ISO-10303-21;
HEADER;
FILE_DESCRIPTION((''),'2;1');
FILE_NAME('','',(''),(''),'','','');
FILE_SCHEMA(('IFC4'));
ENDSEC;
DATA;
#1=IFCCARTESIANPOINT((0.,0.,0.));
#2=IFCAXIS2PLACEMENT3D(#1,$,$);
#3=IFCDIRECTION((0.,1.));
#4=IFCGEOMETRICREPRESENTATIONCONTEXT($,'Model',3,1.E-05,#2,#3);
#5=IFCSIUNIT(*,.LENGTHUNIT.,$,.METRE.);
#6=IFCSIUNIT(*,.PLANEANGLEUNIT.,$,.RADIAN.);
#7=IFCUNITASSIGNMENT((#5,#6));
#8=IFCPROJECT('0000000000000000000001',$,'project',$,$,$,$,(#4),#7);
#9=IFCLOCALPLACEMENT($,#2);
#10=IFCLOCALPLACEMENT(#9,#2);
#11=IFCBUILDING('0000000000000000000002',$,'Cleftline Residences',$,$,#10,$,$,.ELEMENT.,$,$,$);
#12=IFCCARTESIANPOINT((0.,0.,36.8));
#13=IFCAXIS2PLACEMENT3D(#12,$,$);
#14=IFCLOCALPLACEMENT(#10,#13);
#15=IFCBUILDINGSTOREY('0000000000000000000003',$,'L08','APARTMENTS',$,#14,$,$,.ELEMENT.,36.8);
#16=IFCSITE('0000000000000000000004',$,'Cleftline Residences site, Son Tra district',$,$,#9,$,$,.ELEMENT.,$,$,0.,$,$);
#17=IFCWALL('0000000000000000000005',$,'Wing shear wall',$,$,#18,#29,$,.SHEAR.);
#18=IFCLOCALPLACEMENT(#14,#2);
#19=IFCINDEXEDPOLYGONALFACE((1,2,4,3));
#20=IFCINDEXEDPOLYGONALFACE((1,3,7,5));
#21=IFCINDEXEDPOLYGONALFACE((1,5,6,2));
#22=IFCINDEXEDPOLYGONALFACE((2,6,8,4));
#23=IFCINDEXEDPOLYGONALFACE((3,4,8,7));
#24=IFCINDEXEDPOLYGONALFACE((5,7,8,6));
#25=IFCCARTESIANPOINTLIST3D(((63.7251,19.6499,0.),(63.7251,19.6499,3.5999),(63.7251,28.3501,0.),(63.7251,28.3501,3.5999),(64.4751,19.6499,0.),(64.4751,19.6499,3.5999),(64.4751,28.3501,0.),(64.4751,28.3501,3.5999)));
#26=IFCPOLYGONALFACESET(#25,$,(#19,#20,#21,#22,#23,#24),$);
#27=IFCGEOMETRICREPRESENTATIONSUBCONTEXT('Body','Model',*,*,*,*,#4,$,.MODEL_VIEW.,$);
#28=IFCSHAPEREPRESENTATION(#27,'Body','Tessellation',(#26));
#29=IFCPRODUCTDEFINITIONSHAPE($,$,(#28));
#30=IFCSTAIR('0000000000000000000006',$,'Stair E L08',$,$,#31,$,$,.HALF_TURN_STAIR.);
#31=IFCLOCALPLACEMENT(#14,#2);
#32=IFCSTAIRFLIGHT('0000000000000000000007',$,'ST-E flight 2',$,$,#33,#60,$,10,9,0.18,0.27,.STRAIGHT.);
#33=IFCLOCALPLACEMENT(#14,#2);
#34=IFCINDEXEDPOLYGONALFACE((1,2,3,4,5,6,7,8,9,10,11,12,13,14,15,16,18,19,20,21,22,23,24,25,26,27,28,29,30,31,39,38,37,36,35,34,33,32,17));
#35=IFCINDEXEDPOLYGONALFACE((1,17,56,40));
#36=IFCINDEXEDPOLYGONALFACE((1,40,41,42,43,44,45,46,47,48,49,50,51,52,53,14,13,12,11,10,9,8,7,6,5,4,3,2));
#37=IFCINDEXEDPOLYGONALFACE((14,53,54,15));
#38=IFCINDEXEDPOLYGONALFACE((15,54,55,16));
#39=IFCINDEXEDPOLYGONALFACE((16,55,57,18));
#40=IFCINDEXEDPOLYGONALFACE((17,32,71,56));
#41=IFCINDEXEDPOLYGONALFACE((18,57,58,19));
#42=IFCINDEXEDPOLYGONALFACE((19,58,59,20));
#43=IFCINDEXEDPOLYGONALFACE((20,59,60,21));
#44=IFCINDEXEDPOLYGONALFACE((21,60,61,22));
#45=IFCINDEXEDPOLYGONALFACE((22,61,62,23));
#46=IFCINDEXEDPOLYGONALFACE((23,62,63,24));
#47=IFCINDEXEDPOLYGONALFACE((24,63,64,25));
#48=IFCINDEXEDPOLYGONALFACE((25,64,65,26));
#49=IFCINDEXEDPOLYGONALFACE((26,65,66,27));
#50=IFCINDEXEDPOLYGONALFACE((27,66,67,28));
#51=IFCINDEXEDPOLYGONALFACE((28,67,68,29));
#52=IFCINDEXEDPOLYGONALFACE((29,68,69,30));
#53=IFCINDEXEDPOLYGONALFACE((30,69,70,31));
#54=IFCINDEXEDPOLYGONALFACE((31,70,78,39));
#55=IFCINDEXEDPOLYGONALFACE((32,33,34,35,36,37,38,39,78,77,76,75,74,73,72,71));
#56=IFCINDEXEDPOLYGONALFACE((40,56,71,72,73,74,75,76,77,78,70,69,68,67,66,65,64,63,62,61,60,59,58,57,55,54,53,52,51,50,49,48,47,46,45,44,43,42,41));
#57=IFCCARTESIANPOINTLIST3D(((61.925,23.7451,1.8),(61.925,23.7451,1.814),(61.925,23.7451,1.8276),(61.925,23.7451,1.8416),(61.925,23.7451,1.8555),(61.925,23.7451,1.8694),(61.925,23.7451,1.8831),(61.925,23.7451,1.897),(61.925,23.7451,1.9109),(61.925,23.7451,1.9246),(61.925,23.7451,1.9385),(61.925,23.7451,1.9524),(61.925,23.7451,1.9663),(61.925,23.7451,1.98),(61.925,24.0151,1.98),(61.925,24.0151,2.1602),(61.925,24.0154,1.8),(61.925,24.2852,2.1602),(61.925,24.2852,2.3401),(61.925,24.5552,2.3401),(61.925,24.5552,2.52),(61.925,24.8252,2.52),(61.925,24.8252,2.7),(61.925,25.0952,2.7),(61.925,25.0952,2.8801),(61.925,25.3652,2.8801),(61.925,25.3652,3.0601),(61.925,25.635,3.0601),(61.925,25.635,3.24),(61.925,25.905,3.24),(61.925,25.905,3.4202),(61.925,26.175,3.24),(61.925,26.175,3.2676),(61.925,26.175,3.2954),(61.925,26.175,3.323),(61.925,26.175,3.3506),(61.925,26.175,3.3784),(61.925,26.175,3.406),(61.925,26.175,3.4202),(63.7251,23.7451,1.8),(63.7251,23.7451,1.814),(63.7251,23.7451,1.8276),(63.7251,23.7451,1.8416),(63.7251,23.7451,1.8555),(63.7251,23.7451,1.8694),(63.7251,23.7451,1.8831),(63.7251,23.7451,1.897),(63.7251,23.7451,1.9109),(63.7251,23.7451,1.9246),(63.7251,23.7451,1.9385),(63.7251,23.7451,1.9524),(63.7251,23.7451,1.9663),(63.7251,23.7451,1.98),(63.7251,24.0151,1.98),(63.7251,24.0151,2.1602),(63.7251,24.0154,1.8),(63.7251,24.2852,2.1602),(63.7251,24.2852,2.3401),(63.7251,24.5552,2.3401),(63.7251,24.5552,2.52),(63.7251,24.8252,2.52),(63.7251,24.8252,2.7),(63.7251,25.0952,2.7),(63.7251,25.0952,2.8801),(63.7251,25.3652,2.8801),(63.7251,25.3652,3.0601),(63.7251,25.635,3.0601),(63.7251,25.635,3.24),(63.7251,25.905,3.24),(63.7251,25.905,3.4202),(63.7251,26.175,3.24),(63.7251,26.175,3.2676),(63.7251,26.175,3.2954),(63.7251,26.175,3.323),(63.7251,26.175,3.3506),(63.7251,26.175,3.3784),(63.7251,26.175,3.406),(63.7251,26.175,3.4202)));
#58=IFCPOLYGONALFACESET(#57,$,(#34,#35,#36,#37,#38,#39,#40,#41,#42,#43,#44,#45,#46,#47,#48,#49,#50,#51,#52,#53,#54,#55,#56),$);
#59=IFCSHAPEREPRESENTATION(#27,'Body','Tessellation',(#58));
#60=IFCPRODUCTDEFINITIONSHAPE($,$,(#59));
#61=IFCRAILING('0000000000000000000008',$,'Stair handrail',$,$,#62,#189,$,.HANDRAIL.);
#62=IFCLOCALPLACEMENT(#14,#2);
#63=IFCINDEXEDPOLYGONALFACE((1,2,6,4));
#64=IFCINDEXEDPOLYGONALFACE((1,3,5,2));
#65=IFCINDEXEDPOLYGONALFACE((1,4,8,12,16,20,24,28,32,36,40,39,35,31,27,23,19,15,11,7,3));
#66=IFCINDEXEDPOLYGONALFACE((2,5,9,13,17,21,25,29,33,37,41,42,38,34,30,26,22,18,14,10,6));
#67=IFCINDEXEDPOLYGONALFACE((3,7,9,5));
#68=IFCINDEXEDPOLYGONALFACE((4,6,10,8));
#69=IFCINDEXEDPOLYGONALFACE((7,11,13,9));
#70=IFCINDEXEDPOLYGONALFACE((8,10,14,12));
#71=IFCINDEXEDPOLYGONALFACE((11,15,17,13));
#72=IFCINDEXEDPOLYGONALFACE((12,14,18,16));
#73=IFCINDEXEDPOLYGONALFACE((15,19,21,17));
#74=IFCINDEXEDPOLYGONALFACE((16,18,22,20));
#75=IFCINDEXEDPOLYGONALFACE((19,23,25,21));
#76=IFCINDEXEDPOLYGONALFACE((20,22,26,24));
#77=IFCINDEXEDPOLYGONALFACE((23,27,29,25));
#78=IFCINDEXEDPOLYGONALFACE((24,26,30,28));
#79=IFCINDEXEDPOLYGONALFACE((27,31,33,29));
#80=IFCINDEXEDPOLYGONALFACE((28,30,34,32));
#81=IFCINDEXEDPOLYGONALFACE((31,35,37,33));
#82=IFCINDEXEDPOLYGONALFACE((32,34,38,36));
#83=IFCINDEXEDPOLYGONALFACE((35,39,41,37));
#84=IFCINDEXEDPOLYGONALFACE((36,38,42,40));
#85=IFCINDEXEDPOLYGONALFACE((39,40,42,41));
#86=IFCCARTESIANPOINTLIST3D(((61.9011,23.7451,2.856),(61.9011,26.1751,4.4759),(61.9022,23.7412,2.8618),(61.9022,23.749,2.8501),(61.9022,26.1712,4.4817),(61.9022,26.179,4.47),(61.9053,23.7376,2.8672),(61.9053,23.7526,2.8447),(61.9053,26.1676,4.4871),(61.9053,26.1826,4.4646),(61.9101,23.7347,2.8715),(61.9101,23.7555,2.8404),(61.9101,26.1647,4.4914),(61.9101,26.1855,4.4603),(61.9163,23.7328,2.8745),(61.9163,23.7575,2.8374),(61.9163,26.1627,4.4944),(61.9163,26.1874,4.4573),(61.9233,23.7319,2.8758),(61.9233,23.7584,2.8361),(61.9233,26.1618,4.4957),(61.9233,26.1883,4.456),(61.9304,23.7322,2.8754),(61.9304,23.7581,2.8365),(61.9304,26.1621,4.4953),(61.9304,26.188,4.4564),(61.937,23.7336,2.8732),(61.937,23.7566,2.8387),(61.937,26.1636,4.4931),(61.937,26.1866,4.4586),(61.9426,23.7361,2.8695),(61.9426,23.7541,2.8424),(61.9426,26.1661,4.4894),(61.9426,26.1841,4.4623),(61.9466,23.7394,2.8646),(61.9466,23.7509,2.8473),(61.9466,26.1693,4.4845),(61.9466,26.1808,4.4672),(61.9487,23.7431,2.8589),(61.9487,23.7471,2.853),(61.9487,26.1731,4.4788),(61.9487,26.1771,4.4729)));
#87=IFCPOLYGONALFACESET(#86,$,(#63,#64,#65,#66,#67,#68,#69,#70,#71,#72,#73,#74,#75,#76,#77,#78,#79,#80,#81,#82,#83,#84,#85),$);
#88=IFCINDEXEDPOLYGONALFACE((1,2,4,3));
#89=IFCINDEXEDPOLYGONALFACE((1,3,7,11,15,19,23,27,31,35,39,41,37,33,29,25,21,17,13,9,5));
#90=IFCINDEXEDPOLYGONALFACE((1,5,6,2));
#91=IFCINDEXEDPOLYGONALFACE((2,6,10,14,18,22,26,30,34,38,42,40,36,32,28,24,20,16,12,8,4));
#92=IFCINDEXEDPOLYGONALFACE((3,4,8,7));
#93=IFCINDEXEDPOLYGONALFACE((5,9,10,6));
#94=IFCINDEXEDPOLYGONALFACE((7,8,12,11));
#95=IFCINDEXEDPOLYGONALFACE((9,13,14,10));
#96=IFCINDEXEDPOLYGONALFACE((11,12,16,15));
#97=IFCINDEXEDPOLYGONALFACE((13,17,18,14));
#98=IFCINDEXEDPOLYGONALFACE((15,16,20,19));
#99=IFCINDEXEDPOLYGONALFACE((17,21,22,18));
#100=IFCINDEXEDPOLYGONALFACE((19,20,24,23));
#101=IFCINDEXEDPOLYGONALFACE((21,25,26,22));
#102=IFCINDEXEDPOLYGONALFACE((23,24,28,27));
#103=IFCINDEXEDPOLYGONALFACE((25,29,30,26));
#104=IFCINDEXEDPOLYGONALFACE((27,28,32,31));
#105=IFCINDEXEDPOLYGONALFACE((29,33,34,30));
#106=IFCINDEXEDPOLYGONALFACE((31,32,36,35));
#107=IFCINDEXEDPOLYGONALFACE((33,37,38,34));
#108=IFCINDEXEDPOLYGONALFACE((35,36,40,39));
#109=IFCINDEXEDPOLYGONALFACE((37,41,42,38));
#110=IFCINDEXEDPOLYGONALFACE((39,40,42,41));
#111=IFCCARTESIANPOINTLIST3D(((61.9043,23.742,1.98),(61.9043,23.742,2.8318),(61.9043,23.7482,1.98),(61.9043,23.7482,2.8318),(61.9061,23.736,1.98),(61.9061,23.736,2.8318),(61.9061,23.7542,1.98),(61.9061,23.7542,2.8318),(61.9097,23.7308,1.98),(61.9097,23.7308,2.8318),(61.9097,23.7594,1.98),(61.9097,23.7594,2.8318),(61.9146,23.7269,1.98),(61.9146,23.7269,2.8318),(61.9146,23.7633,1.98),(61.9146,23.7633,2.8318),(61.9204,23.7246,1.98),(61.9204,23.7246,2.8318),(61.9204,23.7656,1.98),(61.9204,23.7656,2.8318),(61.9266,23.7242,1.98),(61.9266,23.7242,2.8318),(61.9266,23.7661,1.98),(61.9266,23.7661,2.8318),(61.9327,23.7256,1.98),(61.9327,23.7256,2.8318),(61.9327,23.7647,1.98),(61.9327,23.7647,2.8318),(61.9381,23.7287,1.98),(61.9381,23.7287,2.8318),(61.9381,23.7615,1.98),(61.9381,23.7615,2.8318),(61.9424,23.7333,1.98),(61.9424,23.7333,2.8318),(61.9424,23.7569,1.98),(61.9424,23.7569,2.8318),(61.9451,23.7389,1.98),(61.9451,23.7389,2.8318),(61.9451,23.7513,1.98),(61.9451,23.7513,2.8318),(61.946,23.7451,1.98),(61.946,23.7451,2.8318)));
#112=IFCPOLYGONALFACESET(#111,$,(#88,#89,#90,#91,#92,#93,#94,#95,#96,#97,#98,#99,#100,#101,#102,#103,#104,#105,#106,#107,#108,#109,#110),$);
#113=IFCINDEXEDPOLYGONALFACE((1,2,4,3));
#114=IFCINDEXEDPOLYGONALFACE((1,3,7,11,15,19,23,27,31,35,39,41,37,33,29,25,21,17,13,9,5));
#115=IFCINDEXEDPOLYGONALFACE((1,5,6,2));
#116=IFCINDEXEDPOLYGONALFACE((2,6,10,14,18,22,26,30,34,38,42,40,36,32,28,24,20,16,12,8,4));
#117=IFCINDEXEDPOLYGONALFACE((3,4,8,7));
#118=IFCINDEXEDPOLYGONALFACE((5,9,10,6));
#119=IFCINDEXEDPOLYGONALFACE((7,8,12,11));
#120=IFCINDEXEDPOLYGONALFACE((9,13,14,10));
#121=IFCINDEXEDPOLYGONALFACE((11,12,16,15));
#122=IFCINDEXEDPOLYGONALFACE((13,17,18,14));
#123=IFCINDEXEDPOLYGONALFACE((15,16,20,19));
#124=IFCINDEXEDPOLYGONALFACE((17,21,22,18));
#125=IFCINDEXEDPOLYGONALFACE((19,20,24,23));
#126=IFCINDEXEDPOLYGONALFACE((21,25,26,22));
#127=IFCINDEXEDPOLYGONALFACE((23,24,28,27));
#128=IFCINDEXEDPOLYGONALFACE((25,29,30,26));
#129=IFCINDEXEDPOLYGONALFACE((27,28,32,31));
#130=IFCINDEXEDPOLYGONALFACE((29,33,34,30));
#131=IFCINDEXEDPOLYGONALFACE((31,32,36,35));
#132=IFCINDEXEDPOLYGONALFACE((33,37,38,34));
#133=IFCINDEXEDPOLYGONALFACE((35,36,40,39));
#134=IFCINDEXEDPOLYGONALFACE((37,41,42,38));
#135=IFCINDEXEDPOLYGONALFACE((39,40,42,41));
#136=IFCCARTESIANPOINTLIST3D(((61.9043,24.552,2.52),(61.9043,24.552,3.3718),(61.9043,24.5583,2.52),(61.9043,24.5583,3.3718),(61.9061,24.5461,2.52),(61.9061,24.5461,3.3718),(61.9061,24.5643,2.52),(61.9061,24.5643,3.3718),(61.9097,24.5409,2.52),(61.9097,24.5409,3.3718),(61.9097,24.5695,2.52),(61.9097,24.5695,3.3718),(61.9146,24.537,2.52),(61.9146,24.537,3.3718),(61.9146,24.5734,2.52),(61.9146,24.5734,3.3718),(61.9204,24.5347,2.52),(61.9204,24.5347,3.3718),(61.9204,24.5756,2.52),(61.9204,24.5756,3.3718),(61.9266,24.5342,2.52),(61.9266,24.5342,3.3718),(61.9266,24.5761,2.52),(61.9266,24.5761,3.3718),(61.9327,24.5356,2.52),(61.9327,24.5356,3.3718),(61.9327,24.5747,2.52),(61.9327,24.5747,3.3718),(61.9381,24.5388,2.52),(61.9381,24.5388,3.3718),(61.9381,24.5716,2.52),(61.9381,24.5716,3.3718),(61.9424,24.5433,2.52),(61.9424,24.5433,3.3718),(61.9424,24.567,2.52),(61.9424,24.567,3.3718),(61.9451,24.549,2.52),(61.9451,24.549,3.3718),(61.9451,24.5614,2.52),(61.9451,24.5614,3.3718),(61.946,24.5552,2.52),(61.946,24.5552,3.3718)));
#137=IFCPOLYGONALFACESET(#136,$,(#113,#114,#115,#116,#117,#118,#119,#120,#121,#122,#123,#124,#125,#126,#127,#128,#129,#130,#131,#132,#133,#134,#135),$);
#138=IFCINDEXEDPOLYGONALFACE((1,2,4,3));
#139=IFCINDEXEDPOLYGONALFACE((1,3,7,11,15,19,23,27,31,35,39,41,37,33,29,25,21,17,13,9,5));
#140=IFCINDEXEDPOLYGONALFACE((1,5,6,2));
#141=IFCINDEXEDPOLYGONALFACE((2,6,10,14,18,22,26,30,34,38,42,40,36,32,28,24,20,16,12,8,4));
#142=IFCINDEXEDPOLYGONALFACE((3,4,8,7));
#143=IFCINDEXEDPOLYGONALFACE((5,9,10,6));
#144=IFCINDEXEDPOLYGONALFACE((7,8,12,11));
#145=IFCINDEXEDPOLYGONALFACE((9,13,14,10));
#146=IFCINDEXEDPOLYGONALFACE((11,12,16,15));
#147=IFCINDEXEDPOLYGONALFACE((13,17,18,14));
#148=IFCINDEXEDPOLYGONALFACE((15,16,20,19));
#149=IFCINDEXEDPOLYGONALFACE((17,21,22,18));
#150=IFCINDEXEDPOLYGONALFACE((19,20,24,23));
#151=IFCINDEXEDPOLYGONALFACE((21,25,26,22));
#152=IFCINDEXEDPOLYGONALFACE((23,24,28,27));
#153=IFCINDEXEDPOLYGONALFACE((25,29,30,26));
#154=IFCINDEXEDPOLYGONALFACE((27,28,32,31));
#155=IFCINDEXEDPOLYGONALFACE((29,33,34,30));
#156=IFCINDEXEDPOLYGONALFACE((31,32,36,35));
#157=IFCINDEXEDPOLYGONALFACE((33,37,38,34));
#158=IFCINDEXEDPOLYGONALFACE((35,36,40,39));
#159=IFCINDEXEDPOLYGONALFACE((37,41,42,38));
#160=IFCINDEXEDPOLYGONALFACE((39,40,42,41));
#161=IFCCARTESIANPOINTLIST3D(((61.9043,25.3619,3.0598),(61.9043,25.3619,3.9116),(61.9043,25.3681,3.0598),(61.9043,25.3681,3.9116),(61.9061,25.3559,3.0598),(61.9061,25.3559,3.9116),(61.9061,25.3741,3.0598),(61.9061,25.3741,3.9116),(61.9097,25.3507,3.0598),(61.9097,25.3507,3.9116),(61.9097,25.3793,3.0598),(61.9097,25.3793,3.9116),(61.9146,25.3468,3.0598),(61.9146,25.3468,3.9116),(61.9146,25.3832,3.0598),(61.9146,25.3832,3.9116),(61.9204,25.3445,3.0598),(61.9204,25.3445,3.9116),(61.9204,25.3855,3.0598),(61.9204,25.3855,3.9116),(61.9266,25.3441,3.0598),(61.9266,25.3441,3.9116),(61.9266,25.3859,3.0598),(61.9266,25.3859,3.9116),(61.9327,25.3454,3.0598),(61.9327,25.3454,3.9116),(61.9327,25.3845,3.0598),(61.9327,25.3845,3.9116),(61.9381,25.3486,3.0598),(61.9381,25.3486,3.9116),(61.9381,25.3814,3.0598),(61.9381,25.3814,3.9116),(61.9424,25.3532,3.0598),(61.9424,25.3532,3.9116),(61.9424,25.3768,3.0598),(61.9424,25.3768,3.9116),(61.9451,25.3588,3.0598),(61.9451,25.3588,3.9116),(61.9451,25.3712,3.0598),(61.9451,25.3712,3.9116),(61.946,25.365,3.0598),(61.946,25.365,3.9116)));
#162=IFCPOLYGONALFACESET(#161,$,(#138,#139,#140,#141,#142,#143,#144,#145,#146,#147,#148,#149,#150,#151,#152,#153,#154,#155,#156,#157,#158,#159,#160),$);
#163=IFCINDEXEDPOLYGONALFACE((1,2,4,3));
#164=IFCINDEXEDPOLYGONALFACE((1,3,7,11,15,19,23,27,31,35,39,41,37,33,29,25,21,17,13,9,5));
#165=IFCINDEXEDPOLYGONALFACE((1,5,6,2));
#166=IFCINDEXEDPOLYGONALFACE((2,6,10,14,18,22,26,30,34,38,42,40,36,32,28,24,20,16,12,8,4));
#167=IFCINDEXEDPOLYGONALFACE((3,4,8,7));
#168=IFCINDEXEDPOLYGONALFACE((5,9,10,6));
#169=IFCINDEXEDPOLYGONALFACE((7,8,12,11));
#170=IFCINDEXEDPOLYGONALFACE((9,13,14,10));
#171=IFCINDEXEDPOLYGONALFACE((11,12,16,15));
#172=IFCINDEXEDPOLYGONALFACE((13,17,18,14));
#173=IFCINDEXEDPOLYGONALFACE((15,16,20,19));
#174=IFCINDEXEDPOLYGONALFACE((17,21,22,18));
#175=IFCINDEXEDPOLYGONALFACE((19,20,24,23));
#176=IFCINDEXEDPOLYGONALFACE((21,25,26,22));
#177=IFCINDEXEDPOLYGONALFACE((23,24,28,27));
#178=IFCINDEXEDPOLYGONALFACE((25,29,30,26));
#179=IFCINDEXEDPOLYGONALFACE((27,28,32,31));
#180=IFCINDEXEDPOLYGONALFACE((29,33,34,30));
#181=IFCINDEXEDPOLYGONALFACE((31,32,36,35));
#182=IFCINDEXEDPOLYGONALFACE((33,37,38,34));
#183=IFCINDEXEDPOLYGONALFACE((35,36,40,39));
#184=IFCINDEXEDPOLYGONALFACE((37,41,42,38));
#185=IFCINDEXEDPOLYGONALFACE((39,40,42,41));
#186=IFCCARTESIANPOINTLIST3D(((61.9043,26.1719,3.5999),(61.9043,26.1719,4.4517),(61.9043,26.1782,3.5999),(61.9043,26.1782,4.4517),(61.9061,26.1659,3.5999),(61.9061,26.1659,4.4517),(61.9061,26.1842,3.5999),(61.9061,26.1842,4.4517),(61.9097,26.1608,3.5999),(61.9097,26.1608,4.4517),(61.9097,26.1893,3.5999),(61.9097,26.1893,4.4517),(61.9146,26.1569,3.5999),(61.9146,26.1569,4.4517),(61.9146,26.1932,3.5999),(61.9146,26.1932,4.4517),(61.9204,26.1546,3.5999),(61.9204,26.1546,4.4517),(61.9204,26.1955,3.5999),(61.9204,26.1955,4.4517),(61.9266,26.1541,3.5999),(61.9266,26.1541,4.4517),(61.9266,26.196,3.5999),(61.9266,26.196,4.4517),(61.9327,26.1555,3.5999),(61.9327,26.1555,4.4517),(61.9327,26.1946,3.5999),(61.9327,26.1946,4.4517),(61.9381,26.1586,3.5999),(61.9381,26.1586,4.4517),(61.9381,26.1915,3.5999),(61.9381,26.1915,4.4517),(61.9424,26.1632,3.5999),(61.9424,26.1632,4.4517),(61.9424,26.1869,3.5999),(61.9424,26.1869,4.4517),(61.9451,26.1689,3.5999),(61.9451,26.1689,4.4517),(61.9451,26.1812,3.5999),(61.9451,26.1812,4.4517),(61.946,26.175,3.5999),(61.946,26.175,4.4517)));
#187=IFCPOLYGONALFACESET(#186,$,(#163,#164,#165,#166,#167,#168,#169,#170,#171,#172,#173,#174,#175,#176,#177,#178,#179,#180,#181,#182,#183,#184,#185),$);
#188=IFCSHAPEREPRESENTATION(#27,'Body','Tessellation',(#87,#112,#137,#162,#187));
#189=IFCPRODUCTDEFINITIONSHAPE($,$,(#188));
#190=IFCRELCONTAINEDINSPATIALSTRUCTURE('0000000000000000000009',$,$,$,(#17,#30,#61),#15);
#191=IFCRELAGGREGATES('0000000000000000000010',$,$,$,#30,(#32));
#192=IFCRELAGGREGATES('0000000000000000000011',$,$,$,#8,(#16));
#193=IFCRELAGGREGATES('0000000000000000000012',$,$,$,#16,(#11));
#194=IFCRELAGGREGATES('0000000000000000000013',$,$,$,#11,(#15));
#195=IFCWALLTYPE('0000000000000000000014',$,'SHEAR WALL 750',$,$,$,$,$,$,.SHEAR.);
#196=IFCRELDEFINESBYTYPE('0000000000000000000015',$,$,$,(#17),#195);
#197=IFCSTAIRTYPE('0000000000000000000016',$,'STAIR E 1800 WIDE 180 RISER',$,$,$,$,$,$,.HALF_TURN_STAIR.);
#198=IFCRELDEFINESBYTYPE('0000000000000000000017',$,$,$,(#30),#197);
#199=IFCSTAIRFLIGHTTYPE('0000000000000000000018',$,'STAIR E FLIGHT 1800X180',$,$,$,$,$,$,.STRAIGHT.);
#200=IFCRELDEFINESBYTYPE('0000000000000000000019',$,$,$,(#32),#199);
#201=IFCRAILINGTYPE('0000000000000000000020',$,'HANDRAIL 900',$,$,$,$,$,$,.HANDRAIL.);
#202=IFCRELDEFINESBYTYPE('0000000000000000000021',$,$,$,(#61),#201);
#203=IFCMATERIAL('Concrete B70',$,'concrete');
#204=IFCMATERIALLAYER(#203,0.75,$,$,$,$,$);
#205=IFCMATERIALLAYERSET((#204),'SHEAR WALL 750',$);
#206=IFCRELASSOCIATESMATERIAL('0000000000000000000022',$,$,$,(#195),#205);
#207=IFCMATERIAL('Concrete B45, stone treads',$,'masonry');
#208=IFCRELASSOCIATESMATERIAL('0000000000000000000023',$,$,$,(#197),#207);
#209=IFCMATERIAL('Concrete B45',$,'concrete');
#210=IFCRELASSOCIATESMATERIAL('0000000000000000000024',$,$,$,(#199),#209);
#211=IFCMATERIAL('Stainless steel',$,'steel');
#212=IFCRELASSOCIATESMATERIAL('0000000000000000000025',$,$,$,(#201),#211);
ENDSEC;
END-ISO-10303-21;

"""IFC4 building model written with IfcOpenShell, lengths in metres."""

from ifc_helpers import new_model, si_unit, direction, frame, frame_2d, origin, origin_2d, place, context, subcontext, project, spatial, polyline, rectangle, circle, outline, extrude, material, layer, layer_set, type_object, element, aggregate, save


model = new_model("IFC4")

# Units and contexts
model_context = context("Model", 3, precision=1e-05, world=origin(), true_north=direction((0.0, 1.0)))
body_context = subcontext(model_context, "Body", "Model", "MODEL_VIEW")
ifc_project = project(units=[si_unit("LENGTHUNIT", "METRE"), si_unit("PLANEANGLEUNIT", "RADIAN")], contexts=[model_context])

# Site, building, storey
site_placement = place(None, origin())
site = spatial("IfcSite", under=ifc_project, at=site_placement, Name="Cleftline Residences site, Son Tra district", CompositionType="ELEMENT", RefElevation=0.0)
building_placement = place(site_placement, origin())
building = spatial("IfcBuilding", under=site, at=building_placement, Name="Cleftline Residences", CompositionType="ELEMENT")
storey_placement = place(building_placement, frame((0.0, 0.0, 36.8)))
storey = spatial("IfcBuildingStorey", under=building, at=storey_placement, Name="L08", Description="APARTMENTS", CompositionType="ELEMENT", Elevation=36.8)

# Wall
ifc_material_1 = material(Name="Concrete B70", Category="concrete")
ifc_layer_1 = layer(ifc_material_1, 0.75)
ifc_layer_set_1 = layer_set([ifc_layer_1], Name="SHEAR WALL 750")
wall_type_1 = type_object("IfcWallType", Name="SHEAR WALL 750", PredefinedType="SHEAR", material=ifc_layer_set_1)
wall_1_placement = place(storey_placement, frame((64.1001, 19.6499, 0.0), z_axis=(0.0, 0.0, 1.0), x_axis=(0.0, 1.0, 0.0)))
element("IfcWall", 1, at=wall_1_placement, inside=storey, type_object=wall_type_1, Name="Wing shear wall", PredefinedType="SHEAR", context=body_context, shape_type="SweptSolid", body=[
    extrude(rectangle(XDim=8.7002, YDim=0.75, at=frame_2d((4.3501, 0.0))), origin(), (0.0, 0.0, 1.0), 3.5999),
])

# Stair, stair flight
ifc_material_2 = material(Name="Concrete B45, stone treads", Category="masonry")
stair_type = type_object("IfcStairType", Name="STAIR E 1800 WIDE 180 RISER", PredefinedType="HALF_TURN_STAIR", material=ifc_material_2)
stair_placement = place(storey_placement, origin())
stair = element("IfcStair", 2, at=stair_placement, inside=storey, type_object=stair_type, Name="Stair E L08", PredefinedType="HALF_TURN_STAIR")
ifc_material_3 = material(Name="Concrete B45", Category="concrete")
stair_flight_type = type_object("IfcStairFlightType", Name="STAIR E FLIGHT 1800X180", PredefinedType="STRAIGHT", material=ifc_material_3)
stair_flight_placement = place(storey_placement, frame((62.825, 23.7451, 1.8), z_axis=(0.0, 0.0, 1.0), x_axis=(0.0, 1.0, 0.0)))
stair_flight = element("IfcStairFlight", 3, at=stair_flight_placement, type_object=stair_flight_type, Name="ST-E flight 2", NumberOfRisers=10, NumberOfTreads=9, PredefinedType="STRAIGHT", RiserHeight=0.18, TreadLength=0.27, context=body_context, shape_type="SweptSolid", body=[
    extrude(outline(polyline([(0.0, 0.0), (0.0, 0.0139), (0.0, 0.0276), (0.0, 0.0415), (0.0, 0.0554), (0.0, 0.0693), (0.0, 0.083), (0.0, 0.0969), (0.0, 0.1108), (0.0, 0.1245), (0.0, 0.1384), (0.0, 0.1523), (0.0, 0.1663), (0.0, 0.1799), (0.27, 0.1799), (0.27, 0.3601), (0.54, 0.3601), (0.54, 0.54), (0.8101, 0.54), (0.8101, 0.72), (1.0801, 0.72), (1.0801, 0.8999), (1.3501, 0.8999), (1.3501, 1.0801), (1.6201, 1.0801), (1.6201, 1.26), (1.8899, 1.26), (1.8899, 1.4399), (2.1599, 1.4399), (2.1599, 1.6201), (2.4299, 1.6201), (2.4299, 1.8), (2.4299, 1.7722), (2.4299, 1.7446), (2.4299, 1.7168), (2.4299, 1.6892), (2.4299, 1.6614), (2.4299, 1.6338), (2.4299, 1.606), (2.4299, 1.5784), (2.4299, 1.5505), (2.4299, 1.5229), (2.4299, 1.4954), (2.4299, 1.4675), (2.4299, 1.4399), (0.2703, 0.0), (0.0, 0.0)])), frame((0.0, 0.8999, 0.0), z_axis=(0.0, -1.0, 0.0), x_axis=(1.0, 0.0, 0.0)), (0.0, 0.0, 1.0), 1.8),
])
aggregate(stair, [stair_flight])

# Railing
ifc_material_4 = material(Name="Stainless steel", Category="steel")
railing_type = type_object("IfcRailingType", Name="HANDRAIL 900", PredefinedType="HANDRAIL", material=ifc_material_4)
railing_placement = place(storey_placement, frame((61.925, 23.7451, 1.98)))
element("IfcRailing", 4, at=railing_placement, inside=storey, type_object=railing_type, Name="Stair handrail", PredefinedType="HANDRAIL", context=body_context, shape_type="SweptSolid", body=[
    extrude(circle(Radius=0.0239, at=origin_2d()), frame((0.0, 0.0, 0.876), z_axis=(0.0, 0.832063, 0.554681), x_axis=(-1.0, 0.0, 0.0)), (0.0, 0.0, 1.0), 2.9204),
    extrude(circle(Radius=0.021, at=origin_2d()), origin(), (0.0, 0.0, 1.0), 0.8518),
    extrude(circle(Radius=0.021, at=origin_2d()), frame((0.0, 0.8101, 0.54)), (0.0, 0.0, 1.0), 0.8518),
    extrude(circle(Radius=0.021, at=origin_2d()), frame((0.0, 1.6199, 1.0798)), (0.0, 0.0, 1.0), 0.8518),
    extrude(circle(Radius=0.021, at=origin_2d()), frame((0.0, 2.4299, 1.6199)), (0.0, 0.0, 1.0), 0.8518),
])

save(model, "model.ifc")
